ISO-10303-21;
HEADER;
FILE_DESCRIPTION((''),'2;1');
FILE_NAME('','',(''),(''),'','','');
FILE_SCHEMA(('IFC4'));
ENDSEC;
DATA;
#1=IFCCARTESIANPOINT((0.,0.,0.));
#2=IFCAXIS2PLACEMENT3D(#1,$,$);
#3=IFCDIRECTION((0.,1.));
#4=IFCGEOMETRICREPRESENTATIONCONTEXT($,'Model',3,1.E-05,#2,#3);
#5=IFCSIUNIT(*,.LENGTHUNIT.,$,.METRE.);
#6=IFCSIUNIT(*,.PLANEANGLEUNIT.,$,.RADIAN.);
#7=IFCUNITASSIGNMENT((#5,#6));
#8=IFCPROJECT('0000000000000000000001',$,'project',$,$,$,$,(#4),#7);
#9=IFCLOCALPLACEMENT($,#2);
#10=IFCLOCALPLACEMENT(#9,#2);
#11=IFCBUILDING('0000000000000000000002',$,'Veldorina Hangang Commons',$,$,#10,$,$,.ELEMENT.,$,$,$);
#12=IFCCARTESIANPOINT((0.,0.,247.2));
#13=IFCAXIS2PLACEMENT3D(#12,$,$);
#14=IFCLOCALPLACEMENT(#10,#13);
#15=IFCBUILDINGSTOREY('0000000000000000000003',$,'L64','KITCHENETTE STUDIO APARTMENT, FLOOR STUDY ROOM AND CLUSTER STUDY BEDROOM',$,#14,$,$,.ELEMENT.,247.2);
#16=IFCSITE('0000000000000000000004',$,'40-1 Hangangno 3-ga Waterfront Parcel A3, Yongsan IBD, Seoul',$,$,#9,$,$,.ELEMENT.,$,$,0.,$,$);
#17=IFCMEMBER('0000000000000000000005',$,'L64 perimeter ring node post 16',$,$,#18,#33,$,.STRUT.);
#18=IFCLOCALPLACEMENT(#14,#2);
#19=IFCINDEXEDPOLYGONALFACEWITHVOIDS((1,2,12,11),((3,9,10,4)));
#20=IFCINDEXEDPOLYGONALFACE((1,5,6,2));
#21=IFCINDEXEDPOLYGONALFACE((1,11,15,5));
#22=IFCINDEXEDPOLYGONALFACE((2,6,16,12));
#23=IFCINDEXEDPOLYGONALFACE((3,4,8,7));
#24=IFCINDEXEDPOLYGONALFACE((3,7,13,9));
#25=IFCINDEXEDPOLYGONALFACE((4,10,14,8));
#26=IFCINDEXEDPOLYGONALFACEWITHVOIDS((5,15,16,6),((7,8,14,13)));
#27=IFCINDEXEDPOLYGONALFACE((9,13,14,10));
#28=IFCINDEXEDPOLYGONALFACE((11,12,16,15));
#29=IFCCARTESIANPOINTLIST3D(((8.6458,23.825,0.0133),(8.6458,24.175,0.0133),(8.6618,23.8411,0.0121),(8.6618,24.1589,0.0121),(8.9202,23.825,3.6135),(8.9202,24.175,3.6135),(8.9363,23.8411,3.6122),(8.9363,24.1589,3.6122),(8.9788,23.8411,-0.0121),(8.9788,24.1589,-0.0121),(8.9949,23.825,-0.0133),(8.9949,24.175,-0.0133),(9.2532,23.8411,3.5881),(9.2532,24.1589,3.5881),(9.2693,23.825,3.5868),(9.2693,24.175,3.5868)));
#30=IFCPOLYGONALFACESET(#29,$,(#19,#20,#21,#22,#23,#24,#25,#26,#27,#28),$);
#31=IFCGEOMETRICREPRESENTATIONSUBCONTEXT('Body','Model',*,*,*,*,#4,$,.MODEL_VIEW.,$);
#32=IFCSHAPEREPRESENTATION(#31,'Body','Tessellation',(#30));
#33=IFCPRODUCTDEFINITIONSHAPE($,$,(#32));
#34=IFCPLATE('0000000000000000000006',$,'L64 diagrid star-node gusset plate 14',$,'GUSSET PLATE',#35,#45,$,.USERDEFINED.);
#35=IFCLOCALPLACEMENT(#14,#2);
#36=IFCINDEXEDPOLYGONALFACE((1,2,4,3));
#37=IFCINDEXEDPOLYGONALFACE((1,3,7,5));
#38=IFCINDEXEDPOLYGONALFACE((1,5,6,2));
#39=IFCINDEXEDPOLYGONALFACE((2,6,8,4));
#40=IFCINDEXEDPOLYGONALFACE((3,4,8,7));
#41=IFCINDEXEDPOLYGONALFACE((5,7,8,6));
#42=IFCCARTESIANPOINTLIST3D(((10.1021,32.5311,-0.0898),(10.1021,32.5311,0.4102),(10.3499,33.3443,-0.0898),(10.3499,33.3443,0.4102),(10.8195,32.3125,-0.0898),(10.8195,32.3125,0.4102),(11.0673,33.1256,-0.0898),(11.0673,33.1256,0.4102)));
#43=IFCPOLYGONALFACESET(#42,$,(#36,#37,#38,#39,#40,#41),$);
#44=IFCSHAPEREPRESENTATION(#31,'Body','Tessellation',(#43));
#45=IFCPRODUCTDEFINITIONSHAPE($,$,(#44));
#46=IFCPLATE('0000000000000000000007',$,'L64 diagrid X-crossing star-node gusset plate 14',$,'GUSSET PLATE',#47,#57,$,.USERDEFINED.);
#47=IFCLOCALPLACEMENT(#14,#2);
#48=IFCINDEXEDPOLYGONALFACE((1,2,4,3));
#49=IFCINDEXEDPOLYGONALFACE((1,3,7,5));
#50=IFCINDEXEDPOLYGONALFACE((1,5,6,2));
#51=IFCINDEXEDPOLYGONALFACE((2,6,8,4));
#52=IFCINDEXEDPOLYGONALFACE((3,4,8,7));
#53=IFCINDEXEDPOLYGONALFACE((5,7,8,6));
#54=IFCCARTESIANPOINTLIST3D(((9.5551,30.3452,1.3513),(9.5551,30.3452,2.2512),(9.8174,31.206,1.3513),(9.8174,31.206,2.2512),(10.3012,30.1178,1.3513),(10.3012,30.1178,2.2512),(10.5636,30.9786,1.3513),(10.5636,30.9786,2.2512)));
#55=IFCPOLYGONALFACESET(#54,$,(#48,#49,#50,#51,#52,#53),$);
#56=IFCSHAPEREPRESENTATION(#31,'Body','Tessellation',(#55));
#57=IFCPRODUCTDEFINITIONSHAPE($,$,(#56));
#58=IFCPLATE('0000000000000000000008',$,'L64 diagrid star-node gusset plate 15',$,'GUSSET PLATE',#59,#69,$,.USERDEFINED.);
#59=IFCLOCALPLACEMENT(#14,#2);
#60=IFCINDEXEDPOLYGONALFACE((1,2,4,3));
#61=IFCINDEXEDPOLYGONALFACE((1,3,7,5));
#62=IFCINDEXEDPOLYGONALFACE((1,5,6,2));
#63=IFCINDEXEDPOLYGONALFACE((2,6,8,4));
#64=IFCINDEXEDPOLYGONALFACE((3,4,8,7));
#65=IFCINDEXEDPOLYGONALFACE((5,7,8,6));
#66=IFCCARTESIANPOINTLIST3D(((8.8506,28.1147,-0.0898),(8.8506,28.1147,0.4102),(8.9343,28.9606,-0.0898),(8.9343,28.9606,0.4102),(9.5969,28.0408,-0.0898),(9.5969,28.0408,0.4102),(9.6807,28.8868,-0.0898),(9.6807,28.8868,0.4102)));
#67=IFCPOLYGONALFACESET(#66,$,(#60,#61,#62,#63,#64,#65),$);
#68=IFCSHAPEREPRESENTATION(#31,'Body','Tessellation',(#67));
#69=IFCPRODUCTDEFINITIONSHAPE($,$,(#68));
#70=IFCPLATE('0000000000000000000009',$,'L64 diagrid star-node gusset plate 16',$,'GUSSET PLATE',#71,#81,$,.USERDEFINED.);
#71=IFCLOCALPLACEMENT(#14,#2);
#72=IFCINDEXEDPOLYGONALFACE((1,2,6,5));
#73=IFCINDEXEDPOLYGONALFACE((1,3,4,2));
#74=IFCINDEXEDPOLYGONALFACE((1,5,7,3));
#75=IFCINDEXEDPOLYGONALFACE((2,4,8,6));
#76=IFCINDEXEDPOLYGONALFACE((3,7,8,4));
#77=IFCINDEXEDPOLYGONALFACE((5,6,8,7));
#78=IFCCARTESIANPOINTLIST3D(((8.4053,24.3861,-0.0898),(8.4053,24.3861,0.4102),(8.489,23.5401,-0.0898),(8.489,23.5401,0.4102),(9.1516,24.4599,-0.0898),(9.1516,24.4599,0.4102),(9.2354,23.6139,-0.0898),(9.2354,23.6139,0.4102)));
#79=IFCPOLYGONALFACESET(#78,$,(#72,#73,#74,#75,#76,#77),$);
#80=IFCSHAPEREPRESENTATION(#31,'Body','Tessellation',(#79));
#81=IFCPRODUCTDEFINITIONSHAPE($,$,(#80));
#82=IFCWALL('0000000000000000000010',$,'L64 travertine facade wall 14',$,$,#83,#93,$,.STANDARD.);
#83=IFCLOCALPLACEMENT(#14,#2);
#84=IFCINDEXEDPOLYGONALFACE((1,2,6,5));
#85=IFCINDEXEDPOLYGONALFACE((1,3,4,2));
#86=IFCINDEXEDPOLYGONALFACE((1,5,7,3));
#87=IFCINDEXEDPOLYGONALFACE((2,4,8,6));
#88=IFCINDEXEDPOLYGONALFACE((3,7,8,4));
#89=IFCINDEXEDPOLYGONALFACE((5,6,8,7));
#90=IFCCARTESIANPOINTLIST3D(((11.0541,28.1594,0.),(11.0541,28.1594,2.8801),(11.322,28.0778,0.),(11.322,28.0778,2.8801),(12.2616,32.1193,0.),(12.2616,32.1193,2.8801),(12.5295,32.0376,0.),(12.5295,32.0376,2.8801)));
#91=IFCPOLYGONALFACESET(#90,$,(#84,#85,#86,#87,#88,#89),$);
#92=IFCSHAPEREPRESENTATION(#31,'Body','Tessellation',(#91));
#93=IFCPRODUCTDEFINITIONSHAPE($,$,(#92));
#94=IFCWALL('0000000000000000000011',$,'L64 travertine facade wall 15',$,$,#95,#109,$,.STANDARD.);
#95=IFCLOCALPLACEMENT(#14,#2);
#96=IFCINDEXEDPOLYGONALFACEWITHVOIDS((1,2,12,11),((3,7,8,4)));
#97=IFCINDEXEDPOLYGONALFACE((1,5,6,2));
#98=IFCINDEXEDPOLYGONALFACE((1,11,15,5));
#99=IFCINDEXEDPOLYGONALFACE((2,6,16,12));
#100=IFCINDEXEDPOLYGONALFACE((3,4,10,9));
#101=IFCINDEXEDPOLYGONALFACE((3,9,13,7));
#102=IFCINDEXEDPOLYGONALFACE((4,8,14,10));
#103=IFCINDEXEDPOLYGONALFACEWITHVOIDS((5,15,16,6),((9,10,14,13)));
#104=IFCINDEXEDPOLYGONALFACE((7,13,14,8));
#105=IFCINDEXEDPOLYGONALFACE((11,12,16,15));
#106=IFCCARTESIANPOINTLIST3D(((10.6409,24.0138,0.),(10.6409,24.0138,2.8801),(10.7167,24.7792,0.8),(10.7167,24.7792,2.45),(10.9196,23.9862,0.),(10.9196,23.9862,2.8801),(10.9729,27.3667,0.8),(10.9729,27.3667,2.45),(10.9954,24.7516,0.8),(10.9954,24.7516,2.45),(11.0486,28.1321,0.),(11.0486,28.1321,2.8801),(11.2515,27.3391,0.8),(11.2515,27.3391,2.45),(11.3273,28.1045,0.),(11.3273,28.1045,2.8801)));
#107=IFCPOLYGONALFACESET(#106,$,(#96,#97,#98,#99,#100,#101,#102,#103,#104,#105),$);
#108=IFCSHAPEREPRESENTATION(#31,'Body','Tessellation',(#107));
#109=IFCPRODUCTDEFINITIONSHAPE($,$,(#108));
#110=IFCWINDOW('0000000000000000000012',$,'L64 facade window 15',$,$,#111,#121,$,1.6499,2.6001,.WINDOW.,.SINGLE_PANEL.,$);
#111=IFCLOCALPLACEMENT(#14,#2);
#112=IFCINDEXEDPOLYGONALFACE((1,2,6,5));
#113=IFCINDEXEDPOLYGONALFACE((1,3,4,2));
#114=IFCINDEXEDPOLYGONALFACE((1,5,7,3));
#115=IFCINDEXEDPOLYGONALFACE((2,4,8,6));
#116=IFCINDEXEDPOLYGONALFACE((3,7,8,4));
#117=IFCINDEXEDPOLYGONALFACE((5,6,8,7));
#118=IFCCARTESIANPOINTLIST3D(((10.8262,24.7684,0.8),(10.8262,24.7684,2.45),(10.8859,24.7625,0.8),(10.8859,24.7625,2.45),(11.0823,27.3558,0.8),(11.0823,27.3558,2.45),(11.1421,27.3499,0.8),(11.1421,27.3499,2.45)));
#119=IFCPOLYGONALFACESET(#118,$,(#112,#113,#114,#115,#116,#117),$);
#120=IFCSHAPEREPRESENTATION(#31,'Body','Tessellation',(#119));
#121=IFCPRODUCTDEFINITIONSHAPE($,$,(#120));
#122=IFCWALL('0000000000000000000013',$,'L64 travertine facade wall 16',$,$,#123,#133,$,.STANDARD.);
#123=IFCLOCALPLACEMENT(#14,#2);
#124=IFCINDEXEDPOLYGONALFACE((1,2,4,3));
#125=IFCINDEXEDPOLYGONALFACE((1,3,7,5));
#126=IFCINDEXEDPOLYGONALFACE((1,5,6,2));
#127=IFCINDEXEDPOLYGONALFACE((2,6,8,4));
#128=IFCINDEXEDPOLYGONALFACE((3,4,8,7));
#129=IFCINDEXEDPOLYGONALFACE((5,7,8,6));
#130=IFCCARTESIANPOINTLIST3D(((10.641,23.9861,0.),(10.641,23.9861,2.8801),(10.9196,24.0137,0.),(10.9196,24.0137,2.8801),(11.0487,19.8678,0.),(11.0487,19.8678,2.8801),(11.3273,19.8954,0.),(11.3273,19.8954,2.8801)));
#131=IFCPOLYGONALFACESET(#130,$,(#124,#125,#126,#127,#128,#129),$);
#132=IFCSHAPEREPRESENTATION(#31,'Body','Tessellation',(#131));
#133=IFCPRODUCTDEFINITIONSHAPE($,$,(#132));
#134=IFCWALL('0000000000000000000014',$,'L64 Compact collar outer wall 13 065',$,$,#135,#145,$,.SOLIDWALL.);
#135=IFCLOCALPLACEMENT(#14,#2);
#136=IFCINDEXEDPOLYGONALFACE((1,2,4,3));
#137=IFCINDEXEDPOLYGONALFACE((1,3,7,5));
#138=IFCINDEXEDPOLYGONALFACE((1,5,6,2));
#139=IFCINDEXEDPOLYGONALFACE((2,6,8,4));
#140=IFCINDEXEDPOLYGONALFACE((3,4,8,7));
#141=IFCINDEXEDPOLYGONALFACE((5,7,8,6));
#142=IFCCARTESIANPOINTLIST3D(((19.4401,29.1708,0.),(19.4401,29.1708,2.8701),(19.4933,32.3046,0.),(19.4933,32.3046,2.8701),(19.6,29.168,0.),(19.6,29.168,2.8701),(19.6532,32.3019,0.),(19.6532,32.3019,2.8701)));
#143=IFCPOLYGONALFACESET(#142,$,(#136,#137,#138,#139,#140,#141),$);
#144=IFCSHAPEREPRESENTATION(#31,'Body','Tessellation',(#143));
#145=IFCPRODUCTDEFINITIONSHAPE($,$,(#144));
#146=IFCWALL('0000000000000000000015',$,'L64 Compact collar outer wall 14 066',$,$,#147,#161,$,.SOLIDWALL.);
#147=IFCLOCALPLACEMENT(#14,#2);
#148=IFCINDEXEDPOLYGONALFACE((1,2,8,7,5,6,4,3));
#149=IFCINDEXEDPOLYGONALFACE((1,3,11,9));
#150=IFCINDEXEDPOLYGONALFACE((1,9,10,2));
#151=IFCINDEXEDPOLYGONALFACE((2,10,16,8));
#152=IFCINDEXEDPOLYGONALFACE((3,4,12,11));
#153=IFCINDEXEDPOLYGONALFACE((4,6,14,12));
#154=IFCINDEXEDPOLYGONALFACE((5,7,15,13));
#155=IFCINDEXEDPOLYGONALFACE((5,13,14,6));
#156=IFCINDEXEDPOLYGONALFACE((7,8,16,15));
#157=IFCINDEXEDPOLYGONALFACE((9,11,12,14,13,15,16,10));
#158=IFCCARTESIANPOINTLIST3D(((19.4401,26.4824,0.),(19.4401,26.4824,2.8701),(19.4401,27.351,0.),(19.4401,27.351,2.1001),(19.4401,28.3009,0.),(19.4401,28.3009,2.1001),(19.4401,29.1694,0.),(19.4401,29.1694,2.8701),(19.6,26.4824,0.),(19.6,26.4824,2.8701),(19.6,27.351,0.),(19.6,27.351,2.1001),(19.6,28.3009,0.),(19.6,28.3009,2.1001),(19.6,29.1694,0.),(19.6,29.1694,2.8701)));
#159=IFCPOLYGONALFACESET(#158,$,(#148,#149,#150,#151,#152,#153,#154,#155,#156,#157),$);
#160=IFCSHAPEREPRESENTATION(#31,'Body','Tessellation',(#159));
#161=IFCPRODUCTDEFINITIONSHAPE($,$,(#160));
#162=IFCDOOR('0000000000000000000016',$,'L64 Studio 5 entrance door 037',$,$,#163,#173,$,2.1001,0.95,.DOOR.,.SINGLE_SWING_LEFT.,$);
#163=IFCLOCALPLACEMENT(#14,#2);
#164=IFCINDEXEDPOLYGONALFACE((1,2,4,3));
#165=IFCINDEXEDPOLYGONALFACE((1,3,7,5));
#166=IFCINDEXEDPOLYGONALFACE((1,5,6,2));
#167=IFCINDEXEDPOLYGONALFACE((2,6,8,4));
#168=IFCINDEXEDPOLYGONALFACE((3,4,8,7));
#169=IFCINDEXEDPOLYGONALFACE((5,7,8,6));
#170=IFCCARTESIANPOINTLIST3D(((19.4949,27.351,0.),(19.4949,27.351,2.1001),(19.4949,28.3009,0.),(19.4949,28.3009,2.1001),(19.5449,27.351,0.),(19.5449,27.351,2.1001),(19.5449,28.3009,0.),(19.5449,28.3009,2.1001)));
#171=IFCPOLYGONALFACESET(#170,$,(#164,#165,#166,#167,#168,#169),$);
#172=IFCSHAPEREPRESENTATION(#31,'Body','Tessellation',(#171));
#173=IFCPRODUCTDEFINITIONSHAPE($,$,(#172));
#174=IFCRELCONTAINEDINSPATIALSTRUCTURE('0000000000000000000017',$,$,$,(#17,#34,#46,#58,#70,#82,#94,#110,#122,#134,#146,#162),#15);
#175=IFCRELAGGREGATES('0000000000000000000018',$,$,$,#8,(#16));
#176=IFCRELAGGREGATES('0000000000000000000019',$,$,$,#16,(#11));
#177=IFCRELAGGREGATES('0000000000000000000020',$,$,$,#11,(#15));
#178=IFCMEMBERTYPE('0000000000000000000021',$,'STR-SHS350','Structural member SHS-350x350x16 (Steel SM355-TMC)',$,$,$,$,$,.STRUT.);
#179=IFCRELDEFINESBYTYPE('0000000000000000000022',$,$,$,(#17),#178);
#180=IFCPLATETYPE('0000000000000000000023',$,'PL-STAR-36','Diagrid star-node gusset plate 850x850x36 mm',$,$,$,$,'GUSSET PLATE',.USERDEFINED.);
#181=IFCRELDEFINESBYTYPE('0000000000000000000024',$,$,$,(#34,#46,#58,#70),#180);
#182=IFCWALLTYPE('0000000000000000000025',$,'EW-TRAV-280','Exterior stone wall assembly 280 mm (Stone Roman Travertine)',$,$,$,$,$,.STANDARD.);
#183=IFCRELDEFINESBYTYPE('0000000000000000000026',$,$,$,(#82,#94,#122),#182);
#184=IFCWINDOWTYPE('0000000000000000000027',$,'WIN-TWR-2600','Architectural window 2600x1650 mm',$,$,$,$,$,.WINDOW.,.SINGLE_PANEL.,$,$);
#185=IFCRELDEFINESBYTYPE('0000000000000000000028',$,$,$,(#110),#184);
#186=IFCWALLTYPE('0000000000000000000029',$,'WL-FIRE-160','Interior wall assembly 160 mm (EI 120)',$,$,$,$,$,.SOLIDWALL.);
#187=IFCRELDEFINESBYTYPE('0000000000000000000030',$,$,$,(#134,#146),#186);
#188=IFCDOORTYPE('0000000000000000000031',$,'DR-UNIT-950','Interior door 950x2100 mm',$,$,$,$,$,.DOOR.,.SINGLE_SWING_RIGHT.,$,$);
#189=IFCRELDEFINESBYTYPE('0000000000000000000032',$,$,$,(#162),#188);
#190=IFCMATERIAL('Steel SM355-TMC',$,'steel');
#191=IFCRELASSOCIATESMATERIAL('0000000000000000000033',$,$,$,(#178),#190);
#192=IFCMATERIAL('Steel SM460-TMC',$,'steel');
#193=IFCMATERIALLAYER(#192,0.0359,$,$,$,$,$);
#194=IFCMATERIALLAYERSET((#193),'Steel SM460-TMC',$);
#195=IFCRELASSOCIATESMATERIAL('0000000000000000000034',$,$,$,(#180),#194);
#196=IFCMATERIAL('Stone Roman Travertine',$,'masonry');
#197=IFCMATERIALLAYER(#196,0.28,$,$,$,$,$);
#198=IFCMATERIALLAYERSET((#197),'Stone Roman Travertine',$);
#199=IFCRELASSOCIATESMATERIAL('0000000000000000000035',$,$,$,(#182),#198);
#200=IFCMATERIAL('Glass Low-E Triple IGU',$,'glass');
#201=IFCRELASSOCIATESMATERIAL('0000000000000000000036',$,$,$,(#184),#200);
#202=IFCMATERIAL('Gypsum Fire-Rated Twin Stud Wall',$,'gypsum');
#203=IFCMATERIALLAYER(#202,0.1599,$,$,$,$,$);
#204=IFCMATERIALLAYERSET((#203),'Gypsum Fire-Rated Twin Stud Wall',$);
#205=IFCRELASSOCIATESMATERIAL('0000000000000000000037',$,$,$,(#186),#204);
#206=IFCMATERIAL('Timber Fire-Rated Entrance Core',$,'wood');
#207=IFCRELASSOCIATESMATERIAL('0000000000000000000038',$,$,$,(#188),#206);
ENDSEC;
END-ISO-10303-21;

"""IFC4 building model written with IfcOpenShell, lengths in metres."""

from ifc_helpers import new_model, si_unit, direction, frame, frame_2d, origin, origin_2d, place, context, subcontext, project, spatial, rectangle, hollow_rectangle, extrude, material, layer, layer_set, material_profile, profile_set, type_object, element, fill, save


model = new_model("IFC4")

# Units and contexts
model_context = context("Model", 3, precision=1e-05, world=origin(), true_north=direction((0.0, 1.0)))
body_context = subcontext(model_context, "Body", "Model", "MODEL_VIEW")
ifc_project = project(units=[si_unit("LENGTHUNIT", "METRE"), si_unit("PLANEANGLEUNIT", "RADIAN")], contexts=[model_context])

# Site, building, storey
site_placement = place(None, origin())
site = spatial("IfcSite", under=ifc_project, at=site_placement, Name="40-1 Hangangno 3-ga Waterfront Parcel A3, Yongsan IBD, Seoul", CompositionType="ELEMENT", RefElevation=0.0)
building_placement = place(site_placement, origin())
building = spatial("IfcBuilding", under=site, at=building_placement, Name="Veldorina Hangang Commons", CompositionType="ELEMENT")
storey_placement = place(building_placement, frame((0.0, 0.0, 247.2)))
storey = spatial("IfcBuildingStorey", under=building, at=storey_placement, Name="L64", Description="KITCHENETTE STUDIO APARTMENT, FLOOR STUDY ROOM AND CLUSTER STUDY BEDROOM", CompositionType="ELEMENT", Elevation=247.2)

# Shared definitions
ifc_material_1 = material(Name="Steel SM355-TMC", Category="steel")

# Member
ifc_material_profile_1 = material_profile(ifc_material_1, hollow_rectangle(XDim=0.3501, YDim=0.3501, WallThickness=0.0161, at=origin_2d()), Name="SHS-350x350x16")
ifc_profile_set_1 = profile_set([ifc_material_profile_1], Name="Steel SM355-TMC")
member_type_1 = type_object("IfcMemberType", Name="STR-SHS350", Description="Structural member SHS-350x350x16 (Steel SM355-TMC)", PredefinedType="STRUT", material=ifc_profile_set_1)
member_1_placement = place(storey_placement, frame((8.8203, 24.0, 0.0), z_axis=(0.076004, 0.0, 0.997108), x_axis=(0.0, 1.0, 0.0)))
element("IfcMember", 1, at=member_1_placement, inside=storey, type_object=member_type_1, Name="L64 perimeter ring node post 16", PredefinedType="STRUT", context=body_context, shape_type="SweptSolid", body=[
    extrude(hollow_rectangle(XDim=0.3501, YDim=0.3501, WallThickness=0.0161, at=origin_2d()), origin(), (0.0, 0.0, 1.0), 3.6106),
])

# Plates
ifc_material_2 = material(Name="Steel SM460-TMC", Category="steel")
ifc_layer_1 = layer(ifc_material_2, 0.0359)
ifc_layer_set_1 = layer_set([ifc_layer_1], Name="Steel SM460-TMC")
plate_type = type_object("IfcPlateType", Name="PL-STAR-36", Description="Diagrid star-node gusset plate 850x850x36 mm", ElementType="GUSSET PLATE", PredefinedType="USERDEFINED", material=ifc_layer_set_1)
plate_1_placement = place(storey_placement, frame((10.5847, 32.8284, -0.0898), z_axis=(0.0, 0.0, 1.0), x_axis=(-0.291554, -0.956554, 0.0)))
element("IfcPlate", 2, at=plate_1_placement, inside=storey, type_object=plate_type, Name="L64 diagrid star-node gusset plate 14", ObjectType="GUSSET PLATE", PredefinedType="USERDEFINED", context=body_context, shape_type="SweptSolid", body=[
    extrude(rectangle(XDim=0.8501, YDim=0.75, at=origin_2d()), origin(), (0.0, 0.0, 1.0), 0.5),
])
plate_2_placement = place(storey_placement, frame((10.0593, 30.6619, 1.3513), z_axis=(0.0, 0.0, 1.0), x_axis=(-0.291554, -0.956554, 0.0)))
element("IfcPlate", 3, at=plate_2_placement, inside=storey, type_object=plate_type, Name="L64 diagrid X-crossing star-node gusset plate 14", ObjectType="GUSSET PLATE", PredefinedType="USERDEFINED", context=body_context, shape_type="SweptSolid", body=[
    extrude(rectangle(XDim=0.8999, YDim=0.78, at=origin_2d()), origin(), (0.0, 0.0, 1.0), 0.8999),
])
for number, where, z_axis, x_axis, name in (
    (4, (9.2656, 28.5007, -0.0898), (0.0, 0.0, 1.0), (-0.098486, -0.995138, 0.0), "L64 diagrid star-node gusset plate 15"),
    (5, (8.8203, 24.0, -0.0898), (0.0, 0.0, 1.0), (0.098486, -0.995138, 0.0), "L64 diagrid star-node gusset plate 16"),
):
    element("IfcPlate", number, at=place(storey_placement, frame(where, z_axis=z_axis, x_axis=x_axis)), inside=storey, type_object=plate_type, Name=name, ObjectType="GUSSET PLATE", PredefinedType="USERDEFINED", context=body_context, shape_type="SweptSolid", body=[
        extrude(rectangle(XDim=0.8501, YDim=0.75, at=origin_2d()), origin(), (0.0, 0.0, 1.0), 0.5),
    ])

# Wall
ifc_material_3 = material(Name="Stone Roman Travertine", Category="masonry")
ifc_layer_2 = layer(ifc_material_3, 0.28)
ifc_layer_set_2 = layer_set([ifc_layer_2], Name="Stone Roman Travertine")
wall_type_1 = type_object("IfcWallType", Name="EW-TRAV-280", Description="Exterior stone wall assembly 280 mm (Stone Roman Travertine)", PredefinedType="STANDARD", material=ifc_layer_set_2)
wall_1_placement = place(storey_placement, frame((12.3955, 32.0784, 0.0), z_axis=(0.0, 0.0, 1.0), x_axis=(-0.291673, -0.956518, 0.0)))
element("IfcWall", 6, at=wall_1_placement, inside=storey, type_object=wall_type_1, Name="L64 travertine facade wall 14", PredefinedType="STANDARD", context=body_context, shape_type="SweptSolid", body=[
    extrude(rectangle(XDim=4.1399, YDim=0.28, at=frame_2d((2.0698, 0.0))), origin(), (0.0, 0.0, 1.0), 2.8801),
])

# Wall, opening, window
wall_2_placement = place(storey_placement, frame((11.188, 28.1184, 0.0), z_axis=(0.0, 0.0, 1.0), x_axis=(-0.098517, -0.995135, 0.0)))
wall_2 = element("IfcWall", 7, at=wall_2_placement, inside=storey, type_object=wall_type_1, Name="L64 travertine facade wall 15", PredefinedType="STANDARD", context=body_context, shape_type="SweptSolid", body=[
    extrude(rectangle(XDim=4.1384, YDim=0.28, at=frame_2d((2.0693, 0.0))), origin(), (0.0, 0.0, 1.0), 2.8801),
])
opening_1_placement = place(wall_2_placement, frame((0.7693, 0.0, 0.8)))
opening_1 = element("IfcOpeningElement", 8, at=opening_1_placement, cuts=wall_2, PredefinedType="OPENING", context=body_context, shape_type="SweptSolid", body=[
    extrude(rectangle(XDim=2.6001, YDim=1.6499, at=frame_2d((1.3, 0.825))), frame((0.0, 0.1499, 0.0), z_axis=(0.0, -1.0, 0.0), x_axis=(1.0, 0.0, 0.0)), (0.0, 0.0, 1.0), 0.3),
])
ifc_material_4 = material(Name="Glass Low-E Triple IGU", Category="glass")
window_type = type_object("IfcWindowType", Name="WIN-TWR-2600", Description="Architectural window 2600x1650 mm", PartitioningType="SINGLE_PANEL", PredefinedType="WINDOW", material=ifc_material_4)
window_placement = place(opening_1_placement, origin())
window = element("IfcWindow", 9, at=window_placement, inside=storey, type_object=window_type, Name="L64 facade window 15", OverallHeight=1.6499, OverallWidth=2.6001, PartitioningType="SINGLE_PANEL", PredefinedType="WINDOW", context=body_context, shape_type="SweptSolid", body=[
    extrude(rectangle(XDim=2.6001, YDim=1.6499, at=frame_2d((1.3, 0.825))), frame((0.0, 0.03, 0.0), z_axis=(0.0, -1.0, 0.0), x_axis=(1.0, 0.0, 0.0)), (0.0, 0.0, 1.0), 0.0601),
])
fill(opening_1, window)

# Walls
wall_3_placement = place(storey_placement, frame((10.7803, 24.0, 0.0), z_axis=(0.0, 0.0, 1.0), x_axis=(0.098517, -0.995135, 0.0)))
element("IfcWall", 10, at=wall_3_placement, inside=storey, type_object=wall_type_1, Name="L64 travertine facade wall 16", PredefinedType="STANDARD", context=body_context, shape_type="SweptSolid", body=[
    extrude(rectangle(XDim=4.1384, YDim=0.28, at=frame_2d((2.0693, 0.0))), origin(), (0.0, 0.0, 1.0), 2.8801),
])
ifc_material_5 = material(Name="Gypsum Fire-Rated Twin Stud Wall", Category="gypsum")
ifc_layer_3 = layer(ifc_material_5, 0.1599)
ifc_layer_set_3 = layer_set([ifc_layer_3], Name="Gypsum Fire-Rated Twin Stud Wall")
wall_type_2 = type_object("IfcWallType", Name="WL-FIRE-160", Description="Interior wall assembly 160 mm (EI 120)", PredefinedType="SOLIDWALL", material=ifc_layer_set_3)
wall_4_placement = place(storey_placement, frame((19.5732, 32.3032, 0.0), z_axis=(0.0, 0.0, 1.0), x_axis=(-0.016981, -0.999856, 0.0)))
element("IfcWall", 11, at=wall_4_placement, inside=storey, type_object=wall_type_2, Name="L64 Compact collar outer wall 13 065", PredefinedType="SOLIDWALL", context=body_context, shape_type="SweptSolid", body=[
    extrude(rectangle(XDim=3.1343, YDim=0.1599, at=frame_2d((1.5671, 0.0))), origin(), (0.0, 0.0, 1.0), 2.8701),
])

# Wall, opening, door
wall_5_placement = place(storey_placement, frame((19.52, 29.1694, 0.0), z_axis=(0.0, 0.0, 1.0), x_axis=(0.0, -1.0, 0.0)))
wall_5 = element("IfcWall", 12, at=wall_5_placement, inside=storey, type_object=wall_type_2, Name="L64 Compact collar outer wall 14 066", PredefinedType="SOLIDWALL", context=body_context, shape_type="SweptSolid", body=[
    extrude(rectangle(XDim=2.687, YDim=0.1599, at=frame_2d((1.3435, 0.0))), origin(), (0.0, 0.0, 1.0), 2.8701),
])
opening_2_placement = place(wall_5_placement, frame((0.8684, 0.0, 0.0)))
opening_2 = element("IfcOpeningElement", 13, at=opening_2_placement, cuts=wall_5, PredefinedType="OPENING", context=body_context, shape_type="SweptSolid", body=[
    extrude(rectangle(XDim=0.95, YDim=2.1001, at=frame_2d((0.4751, 1.05))), frame((0.0, 0.0898, 0.0), z_axis=(0.0, -1.0, 0.0), x_axis=(1.0, 0.0, 0.0)), (0.0, 0.0, 1.0), 0.1799),
])
ifc_material_6 = material(Name="Timber Fire-Rated Entrance Core", Category="wood")
door_type_1 = type_object("IfcDoorType", Name="DR-UNIT-950", Description="Interior door 950x2100 mm", OperationType="SINGLE_SWING_RIGHT", PredefinedType="DOOR", material=ifc_material_6)
door_1_placement = place(opening_2_placement, origin())
door_1 = element("IfcDoor", 14, at=door_1_placement, inside=storey, type_object=door_type_1, Name="L64 Studio 5 entrance door 037", OperationType="SINGLE_SWING_LEFT", OverallHeight=2.1001, OverallWidth=0.95, PredefinedType="DOOR", context=body_context, shape_type="SweptSolid", body=[
    extrude(rectangle(XDim=0.95, YDim=2.1001, at=frame_2d((0.4751, 1.05))), frame((0.0, 0.0249, 0.0), z_axis=(0.0, -1.0, 0.0), x_axis=(1.0, 0.0, 0.0)), (0.0, 0.0, 1.0), 0.05),
])
fill(opening_2, door_1)

save(model, "model.ifc")
